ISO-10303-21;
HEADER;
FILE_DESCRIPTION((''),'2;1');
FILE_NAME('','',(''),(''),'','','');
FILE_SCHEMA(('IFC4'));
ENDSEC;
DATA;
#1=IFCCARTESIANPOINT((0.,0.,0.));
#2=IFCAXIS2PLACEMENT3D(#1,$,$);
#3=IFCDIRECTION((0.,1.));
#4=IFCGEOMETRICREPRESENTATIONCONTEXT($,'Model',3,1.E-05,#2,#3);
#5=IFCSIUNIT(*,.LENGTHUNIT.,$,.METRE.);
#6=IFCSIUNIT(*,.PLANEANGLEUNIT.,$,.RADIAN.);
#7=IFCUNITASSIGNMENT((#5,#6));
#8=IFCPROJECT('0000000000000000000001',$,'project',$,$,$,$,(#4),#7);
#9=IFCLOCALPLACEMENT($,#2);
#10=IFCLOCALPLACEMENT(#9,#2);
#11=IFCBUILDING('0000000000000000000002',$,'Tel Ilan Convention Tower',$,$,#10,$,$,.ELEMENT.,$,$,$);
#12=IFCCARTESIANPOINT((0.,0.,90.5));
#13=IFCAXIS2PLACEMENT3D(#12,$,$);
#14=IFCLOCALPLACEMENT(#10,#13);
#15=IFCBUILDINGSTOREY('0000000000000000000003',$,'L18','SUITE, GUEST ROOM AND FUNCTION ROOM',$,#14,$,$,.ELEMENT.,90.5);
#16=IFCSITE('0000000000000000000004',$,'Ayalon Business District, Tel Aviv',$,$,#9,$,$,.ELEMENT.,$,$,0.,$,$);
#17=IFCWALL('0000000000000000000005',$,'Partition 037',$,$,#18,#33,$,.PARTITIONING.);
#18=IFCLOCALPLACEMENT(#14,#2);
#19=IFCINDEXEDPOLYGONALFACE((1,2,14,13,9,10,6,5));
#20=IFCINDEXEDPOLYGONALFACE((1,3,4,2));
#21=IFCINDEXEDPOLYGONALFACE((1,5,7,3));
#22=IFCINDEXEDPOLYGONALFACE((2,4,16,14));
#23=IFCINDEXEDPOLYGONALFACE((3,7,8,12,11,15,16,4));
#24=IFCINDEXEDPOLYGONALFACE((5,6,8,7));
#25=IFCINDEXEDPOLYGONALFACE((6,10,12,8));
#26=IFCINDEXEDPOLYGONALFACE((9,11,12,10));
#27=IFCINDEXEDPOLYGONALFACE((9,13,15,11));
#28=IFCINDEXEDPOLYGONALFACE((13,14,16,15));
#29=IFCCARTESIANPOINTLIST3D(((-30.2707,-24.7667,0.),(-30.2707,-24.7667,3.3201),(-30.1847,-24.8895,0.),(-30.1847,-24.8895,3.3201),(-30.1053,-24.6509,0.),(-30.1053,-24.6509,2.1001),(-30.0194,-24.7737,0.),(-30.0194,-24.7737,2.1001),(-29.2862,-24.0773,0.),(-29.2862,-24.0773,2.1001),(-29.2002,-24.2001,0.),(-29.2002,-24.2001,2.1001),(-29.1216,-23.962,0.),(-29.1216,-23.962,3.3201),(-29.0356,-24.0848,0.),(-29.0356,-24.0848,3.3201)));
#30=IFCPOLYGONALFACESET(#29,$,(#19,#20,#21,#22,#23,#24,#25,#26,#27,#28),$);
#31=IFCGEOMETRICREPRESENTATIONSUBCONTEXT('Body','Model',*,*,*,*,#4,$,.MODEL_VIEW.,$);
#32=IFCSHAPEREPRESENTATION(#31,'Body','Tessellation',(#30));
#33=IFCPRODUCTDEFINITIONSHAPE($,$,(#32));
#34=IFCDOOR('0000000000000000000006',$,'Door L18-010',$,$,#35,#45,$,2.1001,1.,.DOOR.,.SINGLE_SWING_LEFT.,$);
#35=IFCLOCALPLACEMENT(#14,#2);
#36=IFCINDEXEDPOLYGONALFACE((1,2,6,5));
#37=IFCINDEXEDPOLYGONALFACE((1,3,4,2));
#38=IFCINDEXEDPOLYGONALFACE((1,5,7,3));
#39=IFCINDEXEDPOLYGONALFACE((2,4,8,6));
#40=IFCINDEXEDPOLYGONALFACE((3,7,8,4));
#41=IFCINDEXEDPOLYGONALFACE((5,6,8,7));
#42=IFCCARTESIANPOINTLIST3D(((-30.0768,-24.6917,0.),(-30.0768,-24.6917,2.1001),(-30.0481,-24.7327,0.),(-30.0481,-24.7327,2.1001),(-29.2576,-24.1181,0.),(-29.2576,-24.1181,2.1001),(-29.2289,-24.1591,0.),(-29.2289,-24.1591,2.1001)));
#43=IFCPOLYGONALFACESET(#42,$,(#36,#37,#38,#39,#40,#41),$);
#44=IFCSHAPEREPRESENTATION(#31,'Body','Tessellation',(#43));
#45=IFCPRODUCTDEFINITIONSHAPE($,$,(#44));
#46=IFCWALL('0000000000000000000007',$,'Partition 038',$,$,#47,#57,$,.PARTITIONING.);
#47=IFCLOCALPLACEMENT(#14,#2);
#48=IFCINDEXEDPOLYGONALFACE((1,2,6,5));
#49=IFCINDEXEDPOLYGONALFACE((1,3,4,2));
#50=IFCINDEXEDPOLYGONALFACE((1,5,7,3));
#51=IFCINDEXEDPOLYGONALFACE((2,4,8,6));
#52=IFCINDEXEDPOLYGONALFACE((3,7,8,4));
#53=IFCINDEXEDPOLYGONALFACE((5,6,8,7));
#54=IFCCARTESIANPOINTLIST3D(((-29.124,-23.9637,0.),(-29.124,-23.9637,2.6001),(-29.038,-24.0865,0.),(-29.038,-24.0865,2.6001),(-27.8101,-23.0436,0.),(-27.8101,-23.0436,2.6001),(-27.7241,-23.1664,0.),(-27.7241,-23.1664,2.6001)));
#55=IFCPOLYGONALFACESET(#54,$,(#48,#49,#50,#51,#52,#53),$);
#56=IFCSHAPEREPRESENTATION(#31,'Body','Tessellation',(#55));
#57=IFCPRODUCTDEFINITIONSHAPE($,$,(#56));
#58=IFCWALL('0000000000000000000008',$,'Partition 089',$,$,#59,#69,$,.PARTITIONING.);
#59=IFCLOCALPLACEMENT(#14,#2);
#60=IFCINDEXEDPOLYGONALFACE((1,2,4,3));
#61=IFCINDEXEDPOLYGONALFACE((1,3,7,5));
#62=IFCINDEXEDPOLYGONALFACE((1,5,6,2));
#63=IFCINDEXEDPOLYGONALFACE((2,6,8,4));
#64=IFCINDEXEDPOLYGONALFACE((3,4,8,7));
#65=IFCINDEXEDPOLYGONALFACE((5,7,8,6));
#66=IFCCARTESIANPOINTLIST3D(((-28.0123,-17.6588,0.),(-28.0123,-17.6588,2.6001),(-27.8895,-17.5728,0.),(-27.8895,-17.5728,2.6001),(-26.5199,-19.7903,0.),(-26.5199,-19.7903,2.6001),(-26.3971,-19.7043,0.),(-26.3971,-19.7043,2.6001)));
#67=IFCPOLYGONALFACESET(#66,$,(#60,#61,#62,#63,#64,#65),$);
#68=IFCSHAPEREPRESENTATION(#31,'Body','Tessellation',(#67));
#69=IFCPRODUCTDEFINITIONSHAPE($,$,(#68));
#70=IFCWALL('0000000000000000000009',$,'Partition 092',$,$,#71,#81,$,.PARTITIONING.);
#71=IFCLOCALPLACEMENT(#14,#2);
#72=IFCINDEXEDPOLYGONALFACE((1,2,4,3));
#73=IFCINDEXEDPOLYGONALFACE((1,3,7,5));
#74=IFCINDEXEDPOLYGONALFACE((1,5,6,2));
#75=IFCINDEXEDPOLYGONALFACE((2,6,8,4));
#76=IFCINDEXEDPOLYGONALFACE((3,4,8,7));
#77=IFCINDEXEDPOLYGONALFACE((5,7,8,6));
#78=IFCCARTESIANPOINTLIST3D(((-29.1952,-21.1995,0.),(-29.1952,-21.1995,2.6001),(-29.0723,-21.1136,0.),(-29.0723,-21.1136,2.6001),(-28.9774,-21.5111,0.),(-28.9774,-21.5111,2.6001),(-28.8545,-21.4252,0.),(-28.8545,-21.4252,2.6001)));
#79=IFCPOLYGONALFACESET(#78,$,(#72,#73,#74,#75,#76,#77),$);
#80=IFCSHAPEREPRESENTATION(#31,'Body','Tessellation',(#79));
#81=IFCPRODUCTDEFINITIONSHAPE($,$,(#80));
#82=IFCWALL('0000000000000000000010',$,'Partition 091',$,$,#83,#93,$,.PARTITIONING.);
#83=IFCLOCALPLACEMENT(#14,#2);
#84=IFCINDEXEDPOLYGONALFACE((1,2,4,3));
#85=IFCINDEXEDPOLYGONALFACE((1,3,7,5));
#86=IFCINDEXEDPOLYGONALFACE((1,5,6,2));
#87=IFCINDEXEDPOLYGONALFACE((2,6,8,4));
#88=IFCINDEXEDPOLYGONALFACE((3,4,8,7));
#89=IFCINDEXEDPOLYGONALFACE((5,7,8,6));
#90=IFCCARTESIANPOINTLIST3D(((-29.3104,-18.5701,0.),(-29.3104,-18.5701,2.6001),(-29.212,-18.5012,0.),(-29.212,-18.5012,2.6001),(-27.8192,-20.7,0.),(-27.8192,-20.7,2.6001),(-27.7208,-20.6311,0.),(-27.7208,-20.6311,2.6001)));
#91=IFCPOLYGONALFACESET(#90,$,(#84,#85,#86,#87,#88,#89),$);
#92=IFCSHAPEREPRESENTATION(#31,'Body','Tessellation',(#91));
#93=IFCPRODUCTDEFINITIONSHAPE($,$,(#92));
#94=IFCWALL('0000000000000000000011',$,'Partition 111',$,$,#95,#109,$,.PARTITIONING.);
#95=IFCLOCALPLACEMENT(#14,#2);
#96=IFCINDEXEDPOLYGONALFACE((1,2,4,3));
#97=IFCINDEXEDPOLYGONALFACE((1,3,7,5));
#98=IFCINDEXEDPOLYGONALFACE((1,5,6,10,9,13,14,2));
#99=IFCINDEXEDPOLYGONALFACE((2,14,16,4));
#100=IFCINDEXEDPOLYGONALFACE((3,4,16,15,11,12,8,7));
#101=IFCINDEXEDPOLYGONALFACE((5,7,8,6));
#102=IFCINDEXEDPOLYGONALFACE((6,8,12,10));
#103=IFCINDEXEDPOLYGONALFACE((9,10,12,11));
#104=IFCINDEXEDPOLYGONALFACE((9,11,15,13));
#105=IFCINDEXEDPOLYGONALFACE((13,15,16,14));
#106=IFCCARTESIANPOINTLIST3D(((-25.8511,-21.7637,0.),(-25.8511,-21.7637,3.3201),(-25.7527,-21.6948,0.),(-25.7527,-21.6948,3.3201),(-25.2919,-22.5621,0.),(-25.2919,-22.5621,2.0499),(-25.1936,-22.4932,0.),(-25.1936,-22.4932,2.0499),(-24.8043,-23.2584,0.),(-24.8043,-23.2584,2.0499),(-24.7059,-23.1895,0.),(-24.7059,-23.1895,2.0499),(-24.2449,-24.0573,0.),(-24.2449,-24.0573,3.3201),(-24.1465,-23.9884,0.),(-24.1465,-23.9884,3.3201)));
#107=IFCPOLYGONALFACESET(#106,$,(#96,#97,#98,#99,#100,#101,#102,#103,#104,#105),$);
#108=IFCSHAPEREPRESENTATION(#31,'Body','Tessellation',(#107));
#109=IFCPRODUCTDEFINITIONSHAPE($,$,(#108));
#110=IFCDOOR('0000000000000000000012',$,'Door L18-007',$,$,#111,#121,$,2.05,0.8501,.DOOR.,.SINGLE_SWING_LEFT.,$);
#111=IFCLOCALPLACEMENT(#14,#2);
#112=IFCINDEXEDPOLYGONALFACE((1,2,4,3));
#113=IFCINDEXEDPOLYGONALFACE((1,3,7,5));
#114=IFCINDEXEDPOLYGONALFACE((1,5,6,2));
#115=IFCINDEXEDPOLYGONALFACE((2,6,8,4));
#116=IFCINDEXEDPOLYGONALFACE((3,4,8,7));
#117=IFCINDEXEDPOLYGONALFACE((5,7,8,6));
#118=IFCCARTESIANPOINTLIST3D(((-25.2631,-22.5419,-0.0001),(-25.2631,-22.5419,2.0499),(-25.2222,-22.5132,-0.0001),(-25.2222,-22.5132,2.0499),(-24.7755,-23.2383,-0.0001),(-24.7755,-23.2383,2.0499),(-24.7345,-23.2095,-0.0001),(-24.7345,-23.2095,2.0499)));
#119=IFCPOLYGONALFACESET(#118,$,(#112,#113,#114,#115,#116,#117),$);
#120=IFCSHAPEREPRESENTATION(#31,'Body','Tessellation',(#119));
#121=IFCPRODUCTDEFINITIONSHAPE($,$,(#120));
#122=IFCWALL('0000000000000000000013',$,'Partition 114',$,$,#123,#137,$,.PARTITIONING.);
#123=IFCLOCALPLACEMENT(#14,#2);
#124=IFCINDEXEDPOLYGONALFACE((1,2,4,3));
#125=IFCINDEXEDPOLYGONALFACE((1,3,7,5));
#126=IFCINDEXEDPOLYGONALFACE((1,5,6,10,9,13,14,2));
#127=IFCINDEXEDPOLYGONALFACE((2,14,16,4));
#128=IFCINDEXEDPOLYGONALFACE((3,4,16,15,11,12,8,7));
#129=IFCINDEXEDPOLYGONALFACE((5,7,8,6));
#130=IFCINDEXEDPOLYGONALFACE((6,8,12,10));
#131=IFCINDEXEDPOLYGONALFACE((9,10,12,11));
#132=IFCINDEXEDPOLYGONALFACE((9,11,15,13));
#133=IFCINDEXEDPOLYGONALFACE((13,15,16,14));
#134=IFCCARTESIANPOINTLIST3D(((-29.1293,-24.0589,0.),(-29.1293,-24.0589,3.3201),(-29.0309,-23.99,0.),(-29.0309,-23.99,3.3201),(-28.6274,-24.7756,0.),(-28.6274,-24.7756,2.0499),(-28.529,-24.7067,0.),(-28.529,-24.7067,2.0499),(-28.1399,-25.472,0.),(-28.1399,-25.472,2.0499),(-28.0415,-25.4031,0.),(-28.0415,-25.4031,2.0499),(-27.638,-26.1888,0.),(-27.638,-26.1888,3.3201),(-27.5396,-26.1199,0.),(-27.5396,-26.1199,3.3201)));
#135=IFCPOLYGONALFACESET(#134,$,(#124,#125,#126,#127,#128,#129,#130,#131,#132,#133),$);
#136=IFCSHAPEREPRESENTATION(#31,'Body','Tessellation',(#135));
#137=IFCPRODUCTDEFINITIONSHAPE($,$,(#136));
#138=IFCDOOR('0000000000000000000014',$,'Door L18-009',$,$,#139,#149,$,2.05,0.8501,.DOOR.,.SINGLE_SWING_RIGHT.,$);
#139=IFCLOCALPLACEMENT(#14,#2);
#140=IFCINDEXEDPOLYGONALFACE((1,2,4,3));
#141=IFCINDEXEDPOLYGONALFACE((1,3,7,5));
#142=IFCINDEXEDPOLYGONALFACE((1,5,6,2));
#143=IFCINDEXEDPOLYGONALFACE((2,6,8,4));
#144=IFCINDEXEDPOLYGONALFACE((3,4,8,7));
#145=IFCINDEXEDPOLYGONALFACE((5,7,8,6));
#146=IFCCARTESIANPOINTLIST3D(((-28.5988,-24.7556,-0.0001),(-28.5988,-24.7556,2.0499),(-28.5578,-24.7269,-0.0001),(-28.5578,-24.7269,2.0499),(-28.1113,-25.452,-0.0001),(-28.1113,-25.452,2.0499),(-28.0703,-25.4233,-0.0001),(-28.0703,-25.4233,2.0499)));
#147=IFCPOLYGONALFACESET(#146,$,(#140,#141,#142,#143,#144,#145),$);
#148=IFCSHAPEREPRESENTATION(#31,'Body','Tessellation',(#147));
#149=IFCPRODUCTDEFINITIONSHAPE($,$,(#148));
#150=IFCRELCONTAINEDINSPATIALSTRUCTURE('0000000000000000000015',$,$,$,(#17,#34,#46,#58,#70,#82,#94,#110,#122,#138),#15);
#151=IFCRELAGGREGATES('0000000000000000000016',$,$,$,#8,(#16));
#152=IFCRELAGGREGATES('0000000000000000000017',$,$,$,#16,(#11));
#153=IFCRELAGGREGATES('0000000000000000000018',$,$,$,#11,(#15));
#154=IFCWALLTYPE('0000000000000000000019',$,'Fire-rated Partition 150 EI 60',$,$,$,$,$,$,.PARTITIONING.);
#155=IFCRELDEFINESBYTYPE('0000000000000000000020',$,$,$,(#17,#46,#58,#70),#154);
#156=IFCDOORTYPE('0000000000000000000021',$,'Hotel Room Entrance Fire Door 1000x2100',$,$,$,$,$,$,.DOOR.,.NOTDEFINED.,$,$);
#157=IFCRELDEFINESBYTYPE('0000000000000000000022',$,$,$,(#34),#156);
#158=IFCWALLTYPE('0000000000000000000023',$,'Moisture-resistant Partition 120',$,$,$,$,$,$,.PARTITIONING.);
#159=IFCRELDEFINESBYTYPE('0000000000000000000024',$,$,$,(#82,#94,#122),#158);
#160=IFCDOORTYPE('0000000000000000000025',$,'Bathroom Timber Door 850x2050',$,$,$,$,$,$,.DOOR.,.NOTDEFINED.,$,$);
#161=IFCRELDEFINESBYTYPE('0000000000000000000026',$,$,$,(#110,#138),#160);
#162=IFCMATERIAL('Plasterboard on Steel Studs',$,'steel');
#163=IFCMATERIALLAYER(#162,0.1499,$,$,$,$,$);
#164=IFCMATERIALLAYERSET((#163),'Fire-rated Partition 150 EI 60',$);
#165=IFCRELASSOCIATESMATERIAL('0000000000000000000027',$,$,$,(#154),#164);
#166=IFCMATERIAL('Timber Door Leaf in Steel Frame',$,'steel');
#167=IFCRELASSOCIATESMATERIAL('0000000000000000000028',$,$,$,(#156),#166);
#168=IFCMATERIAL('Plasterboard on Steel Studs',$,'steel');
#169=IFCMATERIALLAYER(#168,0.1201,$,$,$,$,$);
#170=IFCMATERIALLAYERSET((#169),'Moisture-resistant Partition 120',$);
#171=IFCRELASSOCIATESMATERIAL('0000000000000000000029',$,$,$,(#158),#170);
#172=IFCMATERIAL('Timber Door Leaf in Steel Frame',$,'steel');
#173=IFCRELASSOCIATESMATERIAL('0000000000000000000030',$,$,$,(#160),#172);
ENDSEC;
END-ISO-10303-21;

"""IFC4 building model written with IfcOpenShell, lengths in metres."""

from ifc_helpers import new_model, si_unit, direction, frame, frame_2d, origin, place, context, subcontext, project, spatial, rectangle, extrude, material, layer, layer_set, type_object, element, fill, save


model = new_model("IFC4")

# Units and contexts
model_context = context("Model", 3, precision=1e-05, world=origin(), true_north=direction((0.0, 1.0)))
body_context = subcontext(model_context, "Body", "Model", "MODEL_VIEW")
ifc_project = project(units=[si_unit("LENGTHUNIT", "METRE"), si_unit("PLANEANGLEUNIT", "RADIAN")], contexts=[model_context])

# Site, building, storey
site_placement = place(None, origin())
site = spatial("IfcSite", under=ifc_project, at=site_placement, Name="Ayalon Business District, Tel Aviv", CompositionType="ELEMENT", RefElevation=0.0)
building_placement = place(site_placement, origin())
building = spatial("IfcBuilding", under=site, at=building_placement, Name="Tel Ilan Convention Tower", CompositionType="ELEMENT")
storey_placement = place(building_placement, frame((0.0, 0.0, 90.5)))
storey = spatial("IfcBuildingStorey", under=building, at=storey_placement, Name="L18", Description="SUITE, GUEST ROOM AND FUNCTION ROOM", CompositionType="ELEMENT", Elevation=90.5)

# Shared definitions
ifc_material_1 = material(Name="Plasterboard on Steel Studs", Category="steel")
ifc_layer_1 = layer(ifc_material_1, 0.1499)
ifc_layer_set_1 = layer_set([ifc_layer_1], Name="Fire-rated Partition 150 EI 60")
wall_type_1 = type_object("IfcWallType", Name="Fire-rated Partition 150 EI 60", PredefinedType="PARTITIONING", material=ifc_layer_set_1)
ifc_material_2 = material(Name="Timber Door Leaf in Steel Frame", Category="steel")
door_type_1 = type_object("IfcDoorType", Name="Hotel Room Entrance Fire Door 1000x2100", OperationType="NOTDEFINED", PredefinedType="DOOR", material=ifc_material_2)

# Wall, opening, door
wall_1_placement = place(storey_placement, frame((-29.0786, -24.0234, 0.0), z_axis=(0.0, 0.0, 1.0), x_axis=(-0.819142, -0.573591, 0.0)))
wall_1 = element("IfcWall", 1, at=wall_1_placement, inside=storey, type_object=wall_type_1, Name="Partition 037", PredefinedType="PARTITIONING", context=body_context, shape_type="SweptSolid", body=[
    extrude(rectangle(XDim=1.4028, YDim=0.1499, at=frame_2d((0.7014, 0.0))), origin(), (0.0, 0.0, 1.0), 3.3201),
])
opening_1_placement = place(wall_1_placement, frame((0.2009, 0.0, 0.0)))
opening_1 = element("IfcOpeningElement", 2, at=opening_1_placement, cuts=wall_1, PredefinedType="OPENING", context=body_context, shape_type="SweptSolid", body=[
    extrude(rectangle(XDim=1.0, YDim=2.1001, at=frame_2d((0.5, 1.05))), frame((0.0, 0.085, 0.0), z_axis=(0.0, -1.0, 0.0), x_axis=(1.0, 0.0, 0.0)), (0.0, 0.0, 1.0), 0.1699),
])
door_1_placement = place(opening_1_placement, origin())
door_1 = element("IfcDoor", 3, at=door_1_placement, inside=storey, type_object=door_type_1, Name="Door L18-010", OperationType="SINGLE_SWING_LEFT", OverallHeight=2.1001, OverallWidth=1.0, PredefinedType="DOOR", context=body_context, shape_type="SweptSolid", body=[
    extrude(rectangle(XDim=1.0, YDim=2.1001, at=frame_2d((0.5, 1.05))), frame((0.0, 0.0249, 0.0), z_axis=(0.0, -1.0, 0.0), x_axis=(1.0, 0.0, 0.0)), (0.0, 0.0, 1.0), 0.05),
])
fill(opening_1, door_1)

# Walls
wall_2_placement = place(storey_placement, frame((-27.7671, -23.105, 0.0), z_axis=(0.0, 0.0, 1.0), x_axis=(-0.819118, -0.573626, 0.0)))
element("IfcWall", 4, at=wall_2_placement, inside=storey, type_object=wall_type_1, Name="Partition 038", PredefinedType="PARTITIONING", context=body_context, shape_type="SweptSolid", body=[
    extrude(rectangle(XDim=1.604, YDim=0.1499, at=frame_2d((0.802, 0.0))), origin(), (0.0, 0.0, 1.0), 2.6001),
])
wall_3_placement = place(storey_placement, frame((-26.4585, -19.7473, 0.0), z_axis=(0.0, 0.0, 1.0), x_axis=(-0.573544, 0.819175, 0.0)))
element("IfcWall", 5, at=wall_3_placement, inside=storey, type_object=wall_type_1, Name="Partition 089", PredefinedType="PARTITIONING", context=body_context, shape_type="SweptSolid", body=[
    extrude(rectangle(XDim=2.6021, YDim=0.1499, at=frame_2d((1.301, 0.0))), origin(), (0.0, 0.0, 1.0), 2.6001),
])
wall_4_placement = place(storey_placement, frame((-28.916, -21.468, 0.0), z_axis=(0.0, 0.0, 1.0), x_axis=(-0.572945, 0.819594, 0.0)))
element("IfcWall", 6, at=wall_4_placement, inside=storey, type_object=wall_type_1, Name="Partition 092", PredefinedType="PARTITIONING", context=body_context, shape_type="SweptSolid", body=[
    extrude(rectangle(XDim=0.3801, YDim=0.1499, at=frame_2d((0.1899, 0.0))), origin(), (0.0, 0.0, 1.0), 2.6001),
])
ifc_material_3 = material(Name="Plasterboard on Steel Studs", Category="steel")
ifc_layer_2 = layer(ifc_material_3, 0.1201)
ifc_layer_set_2 = layer_set([ifc_layer_2], Name="Moisture-resistant Partition 120")
wall_type_2 = type_object("IfcWallType", Name="Moisture-resistant Partition 120", PredefinedType="PARTITIONING", material=ifc_layer_set_2)
wall_5_placement = place(storey_placement, frame((-29.2612, -18.5356, 0.0), z_axis=(0.0, 0.0, 1.0), x_axis=(0.573538, -0.819179, 0.0)))
element("IfcWall", 7, at=wall_5_placement, inside=storey, type_object=wall_type_2, Name="Partition 091", PredefinedType="PARTITIONING", context=body_context, shape_type="SweptSolid", body=[
    extrude(rectangle(XDim=2.6001, YDim=0.1201, at=frame_2d((1.3, 0.0))), origin(), (0.0, 0.0, 1.0), 2.6001),
])

# Walls, openings, doors
wall_6_placement = place(storey_placement, frame((-24.1958, -24.0227, 0.0), z_axis=(0.0, 0.0, 1.0), x_axis=(-0.573609, 0.81913, 0.0)))
wall_6 = element("IfcWall", 8, at=wall_6_placement, inside=storey, type_object=wall_type_2, Name="Partition 111", PredefinedType="PARTITIONING", context=body_context, shape_type="SweptSolid", body=[
    extrude(rectangle(XDim=2.8, YDim=0.1201, at=frame_2d((1.3999, 0.0))), origin(), (0.0, 0.0, 1.0), 3.3201),
])
opening_2_placement = place(wall_6_placement, frame((0.9751, 0.0, 0.0)))
opening_2 = element("IfcOpeningElement", 9, at=opening_2_placement, cuts=wall_6, PredefinedType="OPENING", context=body_context, shape_type="SweptSolid", body=[
    extrude(rectangle(XDim=0.8501, YDim=2.05, at=frame_2d((0.425, 1.0249))), frame((0.0, 0.0701, 0.0), z_axis=(0.0, -1.0, 0.0), x_axis=(1.0, 0.0, 0.0)), (0.0, 0.0, 1.0), 0.1401),
])
ifc_material_4 = material(Name="Timber Door Leaf in Steel Frame", Category="steel")
door_type_2 = type_object("IfcDoorType", Name="Bathroom Timber Door 850x2050", OperationType="NOTDEFINED", PredefinedType="DOOR", material=ifc_material_4)
door_2_placement = place(opening_2_placement, origin())
door_2 = element("IfcDoor", 10, at=door_2_placement, inside=storey, type_object=door_type_2, Name="Door L18-007", OperationType="SINGLE_SWING_LEFT", OverallHeight=2.05, OverallWidth=0.8501, PredefinedType="DOOR", context=body_context, shape_type="SweptSolid", body=[
    extrude(rectangle(XDim=0.8501, YDim=2.05, at=frame_2d((0.425, 1.0249))), frame((0.0, 0.0249, 0.0), z_axis=(0.0, -1.0, 0.0), x_axis=(1.0, 0.0, 0.0)), (0.0, 0.0, 1.0), 0.05),
])
fill(opening_2, door_2)
wall_7_placement = place(storey_placement, frame((-29.0801, -24.0244, 0.0), z_axis=(0.0, 0.0, 1.0), x_axis=(0.573538, -0.819179, 0.0)))
wall_7 = element("IfcWall", 11, at=wall_7_placement, inside=storey, type_object=wall_type_2, Name="Partition 114", PredefinedType="PARTITIONING", context=body_context, shape_type="SweptSolid", body=[
    extrude(rectangle(XDim=2.6001, YDim=0.1201, at=frame_2d((1.3, 0.0))), origin(), (0.0, 0.0, 1.0), 3.3201),
])
opening_3_placement = place(wall_7_placement, frame((0.875, 0.0, 0.0)))
opening_3 = element("IfcOpeningElement", 12, at=opening_3_placement, cuts=wall_7, PredefinedType="OPENING", context=body_context, shape_type="SweptSolid", body=[
    extrude(rectangle(XDim=0.8501, YDim=2.05, at=frame_2d((0.425, 1.0249))), frame((0.0, 0.0701, 0.0), z_axis=(0.0, -1.0, 0.0), x_axis=(1.0, 0.0, 0.0)), (0.0, 0.0, 1.0), 0.1401),
])
door_3_placement = place(opening_3_placement, origin())
door_3 = element("IfcDoor", 13, at=door_3_placement, inside=storey, type_object=door_type_2, Name="Door L18-009", OperationType="SINGLE_SWING_RIGHT", OverallHeight=2.05, OverallWidth=0.8501, PredefinedType="DOOR", context=body_context, shape_type="SweptSolid", body=[
    extrude(rectangle(XDim=0.8501, YDim=2.05, at=frame_2d((0.425, 1.0249))), frame((0.0, 0.0249, 0.0), z_axis=(0.0, -1.0, 0.0), x_axis=(1.0, 0.0, 0.0)), (0.0, 0.0, 1.0), 0.05),
])
fill(opening_3, door_3)

save(model, "model.ifc")
